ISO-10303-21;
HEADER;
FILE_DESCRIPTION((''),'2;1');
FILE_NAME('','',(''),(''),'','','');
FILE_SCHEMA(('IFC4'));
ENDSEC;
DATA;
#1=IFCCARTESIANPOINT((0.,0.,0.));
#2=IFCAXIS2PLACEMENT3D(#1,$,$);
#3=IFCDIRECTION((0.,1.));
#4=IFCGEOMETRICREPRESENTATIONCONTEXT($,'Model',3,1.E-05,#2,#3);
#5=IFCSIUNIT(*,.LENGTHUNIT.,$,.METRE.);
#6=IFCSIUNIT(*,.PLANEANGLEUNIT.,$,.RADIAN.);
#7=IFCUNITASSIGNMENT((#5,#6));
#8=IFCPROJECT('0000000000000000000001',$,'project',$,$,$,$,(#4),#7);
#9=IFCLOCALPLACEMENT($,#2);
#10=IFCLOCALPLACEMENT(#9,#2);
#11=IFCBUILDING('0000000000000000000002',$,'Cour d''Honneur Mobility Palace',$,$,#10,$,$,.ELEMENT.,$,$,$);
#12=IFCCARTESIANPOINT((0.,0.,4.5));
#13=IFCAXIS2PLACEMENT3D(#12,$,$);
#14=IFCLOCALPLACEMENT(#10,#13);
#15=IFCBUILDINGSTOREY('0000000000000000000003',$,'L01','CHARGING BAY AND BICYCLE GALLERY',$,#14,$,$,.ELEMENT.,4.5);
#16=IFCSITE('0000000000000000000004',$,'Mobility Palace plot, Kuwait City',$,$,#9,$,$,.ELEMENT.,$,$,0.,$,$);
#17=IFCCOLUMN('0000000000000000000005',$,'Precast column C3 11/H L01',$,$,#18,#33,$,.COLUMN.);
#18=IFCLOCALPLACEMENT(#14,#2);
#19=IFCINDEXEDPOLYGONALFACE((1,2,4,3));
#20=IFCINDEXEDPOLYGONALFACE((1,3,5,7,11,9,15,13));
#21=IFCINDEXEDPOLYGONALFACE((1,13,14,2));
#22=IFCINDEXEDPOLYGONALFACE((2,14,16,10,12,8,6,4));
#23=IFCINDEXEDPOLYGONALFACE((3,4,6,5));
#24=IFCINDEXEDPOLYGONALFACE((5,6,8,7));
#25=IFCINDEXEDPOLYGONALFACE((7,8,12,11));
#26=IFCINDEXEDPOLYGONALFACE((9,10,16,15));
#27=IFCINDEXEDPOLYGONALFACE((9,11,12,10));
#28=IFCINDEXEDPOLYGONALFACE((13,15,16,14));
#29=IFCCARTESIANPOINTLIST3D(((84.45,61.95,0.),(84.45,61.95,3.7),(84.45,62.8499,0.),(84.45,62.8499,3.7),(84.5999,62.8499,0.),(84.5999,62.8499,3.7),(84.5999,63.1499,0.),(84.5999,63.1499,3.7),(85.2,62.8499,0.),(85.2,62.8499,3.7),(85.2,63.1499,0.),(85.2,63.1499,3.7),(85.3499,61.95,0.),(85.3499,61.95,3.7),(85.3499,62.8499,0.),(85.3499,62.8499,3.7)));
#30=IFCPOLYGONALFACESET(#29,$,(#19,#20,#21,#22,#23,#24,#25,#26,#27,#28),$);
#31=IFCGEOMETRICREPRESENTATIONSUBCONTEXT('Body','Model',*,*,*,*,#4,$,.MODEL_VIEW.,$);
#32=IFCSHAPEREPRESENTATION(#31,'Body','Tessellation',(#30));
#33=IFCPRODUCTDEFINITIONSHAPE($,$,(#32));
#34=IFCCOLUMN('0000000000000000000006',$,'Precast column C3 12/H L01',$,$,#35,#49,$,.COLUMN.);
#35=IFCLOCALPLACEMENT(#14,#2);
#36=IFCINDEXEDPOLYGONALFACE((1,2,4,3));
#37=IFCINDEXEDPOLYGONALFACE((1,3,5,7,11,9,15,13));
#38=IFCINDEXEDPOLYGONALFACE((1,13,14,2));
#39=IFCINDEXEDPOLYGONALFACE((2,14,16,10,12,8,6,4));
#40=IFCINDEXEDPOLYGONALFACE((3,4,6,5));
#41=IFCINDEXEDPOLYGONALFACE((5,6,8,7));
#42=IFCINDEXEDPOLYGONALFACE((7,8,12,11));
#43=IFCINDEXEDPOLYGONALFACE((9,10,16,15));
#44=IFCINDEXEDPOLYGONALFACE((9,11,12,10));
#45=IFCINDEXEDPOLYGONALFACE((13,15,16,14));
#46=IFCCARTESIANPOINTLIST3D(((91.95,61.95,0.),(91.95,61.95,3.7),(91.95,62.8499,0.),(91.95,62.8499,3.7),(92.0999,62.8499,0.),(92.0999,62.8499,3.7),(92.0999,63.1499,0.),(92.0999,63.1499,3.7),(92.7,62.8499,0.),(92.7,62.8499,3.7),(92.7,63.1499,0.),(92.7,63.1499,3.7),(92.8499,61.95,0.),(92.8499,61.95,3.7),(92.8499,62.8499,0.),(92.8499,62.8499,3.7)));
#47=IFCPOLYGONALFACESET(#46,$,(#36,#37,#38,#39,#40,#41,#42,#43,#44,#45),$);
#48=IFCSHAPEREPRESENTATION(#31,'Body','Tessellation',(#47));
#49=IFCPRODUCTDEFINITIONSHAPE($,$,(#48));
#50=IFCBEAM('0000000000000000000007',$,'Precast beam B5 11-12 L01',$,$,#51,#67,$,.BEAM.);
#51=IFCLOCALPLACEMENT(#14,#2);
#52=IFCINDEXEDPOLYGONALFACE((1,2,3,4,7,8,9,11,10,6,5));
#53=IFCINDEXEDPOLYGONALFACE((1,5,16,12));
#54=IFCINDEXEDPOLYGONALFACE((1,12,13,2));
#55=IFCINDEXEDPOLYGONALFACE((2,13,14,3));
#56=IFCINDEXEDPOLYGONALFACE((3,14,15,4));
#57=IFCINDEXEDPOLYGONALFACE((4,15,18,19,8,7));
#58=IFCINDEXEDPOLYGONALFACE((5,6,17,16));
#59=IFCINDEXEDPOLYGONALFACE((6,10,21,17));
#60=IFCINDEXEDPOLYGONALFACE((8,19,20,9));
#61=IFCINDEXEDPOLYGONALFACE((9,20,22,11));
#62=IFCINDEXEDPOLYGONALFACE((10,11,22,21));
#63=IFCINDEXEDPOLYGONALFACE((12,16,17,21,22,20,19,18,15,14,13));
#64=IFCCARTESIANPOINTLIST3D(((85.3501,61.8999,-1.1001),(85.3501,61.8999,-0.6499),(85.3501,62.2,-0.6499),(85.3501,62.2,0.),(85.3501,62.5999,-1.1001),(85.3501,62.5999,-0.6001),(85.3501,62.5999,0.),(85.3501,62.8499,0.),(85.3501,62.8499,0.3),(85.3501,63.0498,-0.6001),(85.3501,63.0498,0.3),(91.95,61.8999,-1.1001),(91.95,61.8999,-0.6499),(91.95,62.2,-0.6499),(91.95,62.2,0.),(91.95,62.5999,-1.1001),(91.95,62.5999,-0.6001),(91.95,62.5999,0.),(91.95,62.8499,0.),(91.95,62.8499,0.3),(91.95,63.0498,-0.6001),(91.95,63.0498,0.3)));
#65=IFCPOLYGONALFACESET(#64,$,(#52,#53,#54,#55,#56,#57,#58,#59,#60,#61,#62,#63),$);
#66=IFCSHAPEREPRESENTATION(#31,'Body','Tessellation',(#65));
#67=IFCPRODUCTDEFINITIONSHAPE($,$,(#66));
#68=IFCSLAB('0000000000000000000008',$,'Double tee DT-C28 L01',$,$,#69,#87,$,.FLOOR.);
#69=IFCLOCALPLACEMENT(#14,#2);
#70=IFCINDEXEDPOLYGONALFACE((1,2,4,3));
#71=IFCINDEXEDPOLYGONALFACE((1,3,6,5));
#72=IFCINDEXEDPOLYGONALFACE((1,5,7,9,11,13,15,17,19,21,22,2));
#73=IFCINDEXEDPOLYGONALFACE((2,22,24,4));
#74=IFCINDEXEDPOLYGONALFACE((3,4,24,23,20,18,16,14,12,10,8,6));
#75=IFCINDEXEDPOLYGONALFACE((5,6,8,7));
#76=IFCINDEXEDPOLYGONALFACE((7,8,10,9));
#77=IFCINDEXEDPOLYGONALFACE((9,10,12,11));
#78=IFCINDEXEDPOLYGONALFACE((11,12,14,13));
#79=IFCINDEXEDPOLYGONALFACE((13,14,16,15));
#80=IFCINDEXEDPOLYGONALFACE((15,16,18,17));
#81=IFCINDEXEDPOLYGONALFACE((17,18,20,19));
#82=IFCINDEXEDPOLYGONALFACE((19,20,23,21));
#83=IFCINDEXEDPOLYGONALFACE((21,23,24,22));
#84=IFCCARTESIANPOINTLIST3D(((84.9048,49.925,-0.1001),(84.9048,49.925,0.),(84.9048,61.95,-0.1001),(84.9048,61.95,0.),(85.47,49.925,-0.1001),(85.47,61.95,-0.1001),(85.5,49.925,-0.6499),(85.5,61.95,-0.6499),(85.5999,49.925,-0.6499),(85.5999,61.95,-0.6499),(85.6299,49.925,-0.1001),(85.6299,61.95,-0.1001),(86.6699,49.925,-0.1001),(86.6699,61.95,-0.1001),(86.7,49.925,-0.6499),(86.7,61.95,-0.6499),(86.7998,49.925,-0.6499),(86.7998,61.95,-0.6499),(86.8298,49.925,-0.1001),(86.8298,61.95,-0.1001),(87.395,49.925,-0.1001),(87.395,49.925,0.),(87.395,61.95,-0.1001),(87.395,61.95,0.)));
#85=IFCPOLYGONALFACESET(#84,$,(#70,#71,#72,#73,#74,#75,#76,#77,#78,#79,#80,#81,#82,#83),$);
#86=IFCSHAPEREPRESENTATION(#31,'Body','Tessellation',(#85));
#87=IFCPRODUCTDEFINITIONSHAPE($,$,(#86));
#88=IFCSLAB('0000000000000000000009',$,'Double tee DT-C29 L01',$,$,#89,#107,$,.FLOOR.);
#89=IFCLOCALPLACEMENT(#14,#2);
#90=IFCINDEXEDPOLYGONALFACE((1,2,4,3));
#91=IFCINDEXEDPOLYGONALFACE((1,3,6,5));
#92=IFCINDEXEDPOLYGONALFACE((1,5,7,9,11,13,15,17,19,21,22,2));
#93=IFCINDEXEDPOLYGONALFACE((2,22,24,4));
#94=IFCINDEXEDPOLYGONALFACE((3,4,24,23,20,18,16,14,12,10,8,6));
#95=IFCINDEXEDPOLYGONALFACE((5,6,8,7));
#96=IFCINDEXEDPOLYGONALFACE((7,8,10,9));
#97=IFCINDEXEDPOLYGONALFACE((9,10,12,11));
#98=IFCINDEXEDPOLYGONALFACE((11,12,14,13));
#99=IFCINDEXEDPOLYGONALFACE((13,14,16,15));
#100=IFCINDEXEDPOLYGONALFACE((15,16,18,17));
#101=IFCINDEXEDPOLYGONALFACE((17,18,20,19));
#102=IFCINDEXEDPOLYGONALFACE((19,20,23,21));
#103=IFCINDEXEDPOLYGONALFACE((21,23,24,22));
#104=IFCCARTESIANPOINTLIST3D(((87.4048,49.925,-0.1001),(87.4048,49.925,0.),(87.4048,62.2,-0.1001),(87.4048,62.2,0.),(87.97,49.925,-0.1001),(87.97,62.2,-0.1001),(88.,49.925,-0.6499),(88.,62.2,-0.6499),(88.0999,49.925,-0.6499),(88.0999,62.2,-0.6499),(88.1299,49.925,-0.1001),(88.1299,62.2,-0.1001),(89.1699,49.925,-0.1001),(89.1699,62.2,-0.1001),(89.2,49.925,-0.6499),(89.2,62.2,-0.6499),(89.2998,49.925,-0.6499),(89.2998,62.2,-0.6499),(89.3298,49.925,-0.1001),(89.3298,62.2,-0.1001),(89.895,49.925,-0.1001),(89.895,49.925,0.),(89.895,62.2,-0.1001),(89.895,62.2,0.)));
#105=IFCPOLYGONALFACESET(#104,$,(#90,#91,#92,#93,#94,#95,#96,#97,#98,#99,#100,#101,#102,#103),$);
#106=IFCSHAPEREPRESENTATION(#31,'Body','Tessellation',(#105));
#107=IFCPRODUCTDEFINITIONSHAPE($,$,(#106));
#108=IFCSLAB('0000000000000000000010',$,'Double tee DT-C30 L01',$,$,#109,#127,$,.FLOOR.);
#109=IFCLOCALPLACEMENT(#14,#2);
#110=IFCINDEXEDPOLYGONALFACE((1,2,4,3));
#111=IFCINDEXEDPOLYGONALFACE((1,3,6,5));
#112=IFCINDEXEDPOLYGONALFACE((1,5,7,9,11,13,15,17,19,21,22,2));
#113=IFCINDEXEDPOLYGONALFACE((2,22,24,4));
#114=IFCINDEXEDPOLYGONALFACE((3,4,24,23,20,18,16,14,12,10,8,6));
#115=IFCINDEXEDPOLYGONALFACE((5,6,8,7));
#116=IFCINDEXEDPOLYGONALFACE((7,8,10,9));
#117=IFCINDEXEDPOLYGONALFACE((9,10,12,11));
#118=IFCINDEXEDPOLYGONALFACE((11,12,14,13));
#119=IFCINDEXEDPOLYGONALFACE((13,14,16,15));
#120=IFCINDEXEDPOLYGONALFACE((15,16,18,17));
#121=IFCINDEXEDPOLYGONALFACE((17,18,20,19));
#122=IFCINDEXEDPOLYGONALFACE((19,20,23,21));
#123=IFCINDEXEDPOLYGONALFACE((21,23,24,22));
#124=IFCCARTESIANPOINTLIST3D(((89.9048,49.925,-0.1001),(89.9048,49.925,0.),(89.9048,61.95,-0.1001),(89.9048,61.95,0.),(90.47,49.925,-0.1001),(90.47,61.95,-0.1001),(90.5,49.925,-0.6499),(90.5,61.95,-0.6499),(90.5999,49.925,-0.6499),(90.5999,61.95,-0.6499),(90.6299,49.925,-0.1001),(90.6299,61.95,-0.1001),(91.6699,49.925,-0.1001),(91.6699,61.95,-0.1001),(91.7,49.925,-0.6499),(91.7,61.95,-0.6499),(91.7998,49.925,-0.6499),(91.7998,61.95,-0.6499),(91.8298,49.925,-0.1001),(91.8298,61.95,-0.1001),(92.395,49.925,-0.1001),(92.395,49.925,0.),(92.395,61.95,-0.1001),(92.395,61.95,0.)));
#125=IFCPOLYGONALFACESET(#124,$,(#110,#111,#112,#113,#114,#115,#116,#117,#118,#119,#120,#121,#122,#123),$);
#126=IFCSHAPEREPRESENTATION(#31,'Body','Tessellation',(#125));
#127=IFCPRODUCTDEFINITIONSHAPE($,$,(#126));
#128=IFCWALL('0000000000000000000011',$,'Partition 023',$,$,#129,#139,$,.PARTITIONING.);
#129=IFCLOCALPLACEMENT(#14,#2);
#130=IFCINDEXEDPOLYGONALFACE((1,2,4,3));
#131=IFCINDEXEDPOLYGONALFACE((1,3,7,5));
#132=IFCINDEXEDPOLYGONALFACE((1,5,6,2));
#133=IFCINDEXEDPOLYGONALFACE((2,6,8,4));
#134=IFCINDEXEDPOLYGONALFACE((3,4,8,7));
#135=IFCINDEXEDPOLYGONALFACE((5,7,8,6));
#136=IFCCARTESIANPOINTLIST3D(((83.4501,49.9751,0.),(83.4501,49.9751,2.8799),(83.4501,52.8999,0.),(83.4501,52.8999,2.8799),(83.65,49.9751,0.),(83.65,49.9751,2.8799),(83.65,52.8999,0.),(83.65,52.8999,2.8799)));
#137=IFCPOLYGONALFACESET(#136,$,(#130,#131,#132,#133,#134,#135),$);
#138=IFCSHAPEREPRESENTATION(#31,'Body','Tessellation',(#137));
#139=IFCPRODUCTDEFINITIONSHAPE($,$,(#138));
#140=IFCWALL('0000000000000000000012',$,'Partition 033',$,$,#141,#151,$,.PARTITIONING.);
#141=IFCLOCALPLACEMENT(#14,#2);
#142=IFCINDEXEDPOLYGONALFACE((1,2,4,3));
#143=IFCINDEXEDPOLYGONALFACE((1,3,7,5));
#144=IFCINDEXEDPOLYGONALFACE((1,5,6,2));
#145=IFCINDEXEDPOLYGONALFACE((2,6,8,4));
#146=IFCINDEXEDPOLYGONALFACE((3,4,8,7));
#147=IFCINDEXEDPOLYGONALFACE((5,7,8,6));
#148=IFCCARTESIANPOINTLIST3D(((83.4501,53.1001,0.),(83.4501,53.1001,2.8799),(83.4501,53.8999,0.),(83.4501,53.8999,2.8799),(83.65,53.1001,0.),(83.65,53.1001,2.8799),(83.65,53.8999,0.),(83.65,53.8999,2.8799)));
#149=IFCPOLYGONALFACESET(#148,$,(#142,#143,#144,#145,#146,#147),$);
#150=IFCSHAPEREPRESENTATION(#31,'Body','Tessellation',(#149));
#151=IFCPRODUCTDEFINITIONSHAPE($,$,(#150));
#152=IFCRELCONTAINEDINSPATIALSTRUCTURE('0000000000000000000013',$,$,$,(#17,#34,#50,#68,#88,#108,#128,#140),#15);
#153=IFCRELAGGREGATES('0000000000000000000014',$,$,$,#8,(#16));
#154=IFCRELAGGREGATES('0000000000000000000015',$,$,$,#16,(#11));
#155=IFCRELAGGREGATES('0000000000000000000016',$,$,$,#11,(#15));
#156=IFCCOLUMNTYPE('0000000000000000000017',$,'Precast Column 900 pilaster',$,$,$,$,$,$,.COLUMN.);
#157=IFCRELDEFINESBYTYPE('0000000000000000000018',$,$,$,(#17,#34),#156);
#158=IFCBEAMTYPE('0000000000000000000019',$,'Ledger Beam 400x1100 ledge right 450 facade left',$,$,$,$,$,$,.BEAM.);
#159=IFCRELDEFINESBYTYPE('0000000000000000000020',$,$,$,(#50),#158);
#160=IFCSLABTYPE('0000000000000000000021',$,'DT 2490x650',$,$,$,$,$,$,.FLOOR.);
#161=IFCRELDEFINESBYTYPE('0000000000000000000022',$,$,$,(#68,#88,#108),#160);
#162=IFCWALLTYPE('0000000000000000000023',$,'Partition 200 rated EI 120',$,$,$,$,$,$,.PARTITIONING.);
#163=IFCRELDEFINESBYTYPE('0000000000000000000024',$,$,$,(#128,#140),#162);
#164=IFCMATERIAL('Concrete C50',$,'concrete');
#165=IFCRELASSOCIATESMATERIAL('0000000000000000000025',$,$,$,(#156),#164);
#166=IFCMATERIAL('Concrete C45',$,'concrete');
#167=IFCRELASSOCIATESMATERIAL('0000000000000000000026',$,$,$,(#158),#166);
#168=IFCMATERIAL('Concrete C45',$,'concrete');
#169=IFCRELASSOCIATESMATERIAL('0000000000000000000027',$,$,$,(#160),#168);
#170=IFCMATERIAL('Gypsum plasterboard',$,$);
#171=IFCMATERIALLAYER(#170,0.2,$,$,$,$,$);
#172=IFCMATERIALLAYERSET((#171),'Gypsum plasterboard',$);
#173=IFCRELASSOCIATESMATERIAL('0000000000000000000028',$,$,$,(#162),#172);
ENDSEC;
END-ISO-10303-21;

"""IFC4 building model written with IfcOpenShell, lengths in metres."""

from ifc_helpers import new_model, si_unit, direction, frame, frame_2d, origin, place, context, subcontext, project, spatial, polyline, rectangle, outline, extrude, material, layer, layer_set, material_profile, profile_set, type_object, element, save


model = new_model("IFC4")

# Units and contexts
model_context = context("Model", 3, precision=1e-05, world=origin(), true_north=direction((0.0, 1.0)))
body_context = subcontext(model_context, "Body", "Model", "MODEL_VIEW")
ifc_project = project(units=[si_unit("LENGTHUNIT", "METRE"), si_unit("PLANEANGLEUNIT", "RADIAN")], contexts=[model_context])

# Site, building, storey
site_placement = place(None, origin())
site = spatial("IfcSite", under=ifc_project, at=site_placement, Name="Mobility Palace plot, Kuwait City", CompositionType="ELEMENT", RefElevation=0.0)
building_placement = place(site_placement, origin())
building = spatial("IfcBuilding", under=site, at=building_placement, Name="Cour d'Honneur Mobility Palace", CompositionType="ELEMENT")
storey_placement = place(building_placement, frame((0.0, 0.0, 4.5)))
storey = spatial("IfcBuildingStorey", under=building, at=storey_placement, Name="L01", Description="CHARGING BAY AND BICYCLE GALLERY", CompositionType="ELEMENT", Elevation=4.5)

# Columns
ifc_material_1 = material(Name="Concrete C50", Category="concrete")
ifc_material_profile_1 = material_profile(ifc_material_1, outline(polyline([(-0.45, -0.45), (0.45, -0.45), (0.45, -0.3), (0.75, -0.3), (0.75, 0.3), (0.45, 0.3), (0.45, 0.45), (-0.45, 0.45), (-0.45, -0.45)])), Name="PC C900 pilaster")
ifc_profile_set_1 = profile_set([ifc_material_profile_1], Name="Concrete C50")
column_type = type_object("IfcColumnType", Name="Precast Column 900 pilaster", PredefinedType="COLUMN", material=ifc_profile_set_1)
for number, where, z_axis, x_axis, name in (
    (1, (84.8999, 62.3999, 0.0), (0.0, 0.0, 1.0), (0.0, 1.0, 0.0), "Precast column C3 11/H L01"),
    (2, (92.3999, 62.3999, 0.0), (0.0, 0.0, 1.0), (0.0, 1.0, 0.0), "Precast column C3 12/H L01"),
):
    element("IfcColumn", number, at=place(storey_placement, frame(where, z_axis=z_axis, x_axis=x_axis)), inside=storey, type_object=column_type, Name=name, PredefinedType="COLUMN", context=body_context, shape_type="SweptSolid", body=[
        extrude(outline(polyline([(-0.45, -0.45), (0.45, -0.45), (0.45, -0.3), (0.75, -0.3), (0.75, 0.3), (0.45, 0.3), (0.45, 0.45), (-0.45, 0.45), (-0.45, -0.45)])), origin(), (0.0, 0.0, 1.0), 3.7),
    ])

# Beam
ifc_material_2 = material(Name="Concrete C45", Category="concrete")
ifc_material_profile_2 = material_profile(ifc_material_2, outline(polyline([(0.2, -1.1001), (0.2, -0.6001), (0.6499, -0.6001), (0.6499, 0.3), (0.45, 0.3), (0.45, 0.0), (0.2, 0.0), (-0.2, 0.0), (-0.2, -0.6499), (-0.5, -0.6499), (-0.5, -1.1001), (0.2, -1.1001)])), Name="Ledger Beam 400x1100 ledge right 450 facade left")
ifc_profile_set_2 = profile_set([ifc_material_profile_2], Name="Concrete C45")
beam_type = type_object("IfcBeamType", Name="Ledger Beam 400x1100 ledge right 450 facade left", PredefinedType="BEAM", material=ifc_profile_set_2)
beam_placement = place(storey_placement, frame((85.3501, 62.3999, 0.0), z_axis=(1.0, 0.0, 0.0), x_axis=(0.0, 1.0, 0.0)))
element("IfcBeam", 3, at=beam_placement, inside=storey, type_object=beam_type, Name="Precast beam B5 11-12 L01", PredefinedType="BEAM", context=body_context, shape_type="SweptSolid", body=[
    extrude(outline(polyline([(0.2, -1.1001), (0.2, -0.6001), (0.6499, -0.6001), (0.6499, 0.3), (0.45, 0.3), (0.45, 0.0), (0.2, 0.0), (-0.2, 0.0), (-0.2, -0.6499), (-0.5, -0.6499), (-0.5, -1.1001), (0.2, -1.1001)])), origin(), (0.0, 0.0, 1.0), 6.5999),
])

# Slabs
ifc_material_3 = material(Name="Concrete C45", Category="concrete")
ifc_material_profile_3 = material_profile(ifc_material_3, outline(polyline([(-1.2451, 0.0), (1.2451, 0.0), (1.2451, -0.1001), (0.6799, -0.1001), (0.6499, -0.6499), (0.55, -0.6499), (0.52, -0.1001), (-0.52, -0.1001), (-0.55, -0.6499), (-0.6499, -0.6499), (-0.6799, -0.1001), (-1.2451, -0.1001), (-1.2451, 0.0)])), Name="DT 2490x650")
ifc_profile_set_3 = profile_set([ifc_material_profile_3], Name="Concrete C45")
slab_type = type_object("IfcSlabType", Name="DT 2490x650", PredefinedType="FLOOR", material=ifc_profile_set_3)
slab_1_placement = place(storey_placement, frame((86.1499, 49.925, 0.0), z_axis=(0.0, 1.0, 0.0), x_axis=(-1.0, 0.0, 0.0)))
element("IfcSlab", 4, at=slab_1_placement, inside=storey, type_object=slab_type, Name="Double tee DT-C28 L01", PredefinedType="FLOOR", context=body_context, shape_type="SweptSolid", body=[
    extrude(outline(polyline([(-1.2451, 0.0), (1.2451, 0.0), (1.2451, -0.1001), (0.6799, -0.1001), (0.6499, -0.6499), (0.55, -0.6499), (0.52, -0.1001), (-0.52, -0.1001), (-0.55, -0.6499), (-0.6499, -0.6499), (-0.6799, -0.1001), (-1.2451, -0.1001), (-1.2451, 0.0)])), origin(), (0.0, 0.0, 1.0), 12.0249),
])
slab_2_placement = place(storey_placement, frame((88.6499, 49.925, 0.0), z_axis=(0.0, 1.0, 0.0), x_axis=(-1.0, 0.0, 0.0)))
element("IfcSlab", 5, at=slab_2_placement, inside=storey, type_object=slab_type, Name="Double tee DT-C29 L01", PredefinedType="FLOOR", context=body_context, shape_type="SweptSolid", body=[
    extrude(outline(polyline([(-1.2451, 0.0), (1.2451, 0.0), (1.2451, -0.1001), (0.6799, -0.1001), (0.6499, -0.6499), (0.55, -0.6499), (0.52, -0.1001), (-0.52, -0.1001), (-0.55, -0.6499), (-0.6499, -0.6499), (-0.6799, -0.1001), (-1.2451, -0.1001), (-1.2451, 0.0)])), origin(), (0.0, 0.0, 1.0), 12.2749),
])
slab_3_placement = place(storey_placement, frame((91.1499, 49.925, 0.0), z_axis=(0.0, 1.0, 0.0), x_axis=(-1.0, 0.0, 0.0)))
element("IfcSlab", 6, at=slab_3_placement, inside=storey, type_object=slab_type, Name="Double tee DT-C30 L01", PredefinedType="FLOOR", context=body_context, shape_type="SweptSolid", body=[
    extrude(outline(polyline([(-1.2451, 0.0), (1.2451, 0.0), (1.2451, -0.1001), (0.6799, -0.1001), (0.6499, -0.6499), (0.55, -0.6499), (0.52, -0.1001), (-0.52, -0.1001), (-0.55, -0.6499), (-0.6499, -0.6499), (-0.6799, -0.1001), (-1.2451, -0.1001), (-1.2451, 0.0)])), origin(), (0.0, 0.0, 1.0), 12.0249),
])

# Walls
ifc_material_4 = material(Name="Gypsum plasterboard")
ifc_layer_1 = layer(ifc_material_4, 0.2)
ifc_layer_set_1 = layer_set([ifc_layer_1], Name="Gypsum plasterboard")
wall_type = type_object("IfcWallType", Name="Partition 200 rated EI 120", PredefinedType="PARTITIONING", material=ifc_layer_set_1)
wall_1_placement = place(storey_placement, frame((83.55, 49.9751, 0.0), z_axis=(0.0, 0.0, 1.0), x_axis=(0.0, 1.0, 0.0)))
element("IfcWall", 7, at=wall_1_placement, inside=storey, type_object=wall_type, Name="Partition 023", PredefinedType="PARTITIONING", context=body_context, shape_type="SweptSolid", body=[
    extrude(rectangle(XDim=2.9248, YDim=0.2, at=frame_2d((1.4624, 0.0))), origin(), (0.0, 0.0, 1.0), 2.8799),
])
wall_2_placement = place(storey_placement, frame((83.55, 53.1001, 0.0), z_axis=(0.0, 0.0, 1.0), x_axis=(0.0, 1.0, 0.0)))
element("IfcWall", 8, at=wall_2_placement, inside=storey, type_object=wall_type, Name="Partition 033", PredefinedType="PARTITIONING", context=body_context, shape_type="SweptSolid", body=[
    extrude(rectangle(XDim=0.7998, YDim=0.2, at=frame_2d((0.3999, 0.0))), origin(), (0.0, 0.0, 1.0), 2.8799),
])

save(model, "model.ifc")
